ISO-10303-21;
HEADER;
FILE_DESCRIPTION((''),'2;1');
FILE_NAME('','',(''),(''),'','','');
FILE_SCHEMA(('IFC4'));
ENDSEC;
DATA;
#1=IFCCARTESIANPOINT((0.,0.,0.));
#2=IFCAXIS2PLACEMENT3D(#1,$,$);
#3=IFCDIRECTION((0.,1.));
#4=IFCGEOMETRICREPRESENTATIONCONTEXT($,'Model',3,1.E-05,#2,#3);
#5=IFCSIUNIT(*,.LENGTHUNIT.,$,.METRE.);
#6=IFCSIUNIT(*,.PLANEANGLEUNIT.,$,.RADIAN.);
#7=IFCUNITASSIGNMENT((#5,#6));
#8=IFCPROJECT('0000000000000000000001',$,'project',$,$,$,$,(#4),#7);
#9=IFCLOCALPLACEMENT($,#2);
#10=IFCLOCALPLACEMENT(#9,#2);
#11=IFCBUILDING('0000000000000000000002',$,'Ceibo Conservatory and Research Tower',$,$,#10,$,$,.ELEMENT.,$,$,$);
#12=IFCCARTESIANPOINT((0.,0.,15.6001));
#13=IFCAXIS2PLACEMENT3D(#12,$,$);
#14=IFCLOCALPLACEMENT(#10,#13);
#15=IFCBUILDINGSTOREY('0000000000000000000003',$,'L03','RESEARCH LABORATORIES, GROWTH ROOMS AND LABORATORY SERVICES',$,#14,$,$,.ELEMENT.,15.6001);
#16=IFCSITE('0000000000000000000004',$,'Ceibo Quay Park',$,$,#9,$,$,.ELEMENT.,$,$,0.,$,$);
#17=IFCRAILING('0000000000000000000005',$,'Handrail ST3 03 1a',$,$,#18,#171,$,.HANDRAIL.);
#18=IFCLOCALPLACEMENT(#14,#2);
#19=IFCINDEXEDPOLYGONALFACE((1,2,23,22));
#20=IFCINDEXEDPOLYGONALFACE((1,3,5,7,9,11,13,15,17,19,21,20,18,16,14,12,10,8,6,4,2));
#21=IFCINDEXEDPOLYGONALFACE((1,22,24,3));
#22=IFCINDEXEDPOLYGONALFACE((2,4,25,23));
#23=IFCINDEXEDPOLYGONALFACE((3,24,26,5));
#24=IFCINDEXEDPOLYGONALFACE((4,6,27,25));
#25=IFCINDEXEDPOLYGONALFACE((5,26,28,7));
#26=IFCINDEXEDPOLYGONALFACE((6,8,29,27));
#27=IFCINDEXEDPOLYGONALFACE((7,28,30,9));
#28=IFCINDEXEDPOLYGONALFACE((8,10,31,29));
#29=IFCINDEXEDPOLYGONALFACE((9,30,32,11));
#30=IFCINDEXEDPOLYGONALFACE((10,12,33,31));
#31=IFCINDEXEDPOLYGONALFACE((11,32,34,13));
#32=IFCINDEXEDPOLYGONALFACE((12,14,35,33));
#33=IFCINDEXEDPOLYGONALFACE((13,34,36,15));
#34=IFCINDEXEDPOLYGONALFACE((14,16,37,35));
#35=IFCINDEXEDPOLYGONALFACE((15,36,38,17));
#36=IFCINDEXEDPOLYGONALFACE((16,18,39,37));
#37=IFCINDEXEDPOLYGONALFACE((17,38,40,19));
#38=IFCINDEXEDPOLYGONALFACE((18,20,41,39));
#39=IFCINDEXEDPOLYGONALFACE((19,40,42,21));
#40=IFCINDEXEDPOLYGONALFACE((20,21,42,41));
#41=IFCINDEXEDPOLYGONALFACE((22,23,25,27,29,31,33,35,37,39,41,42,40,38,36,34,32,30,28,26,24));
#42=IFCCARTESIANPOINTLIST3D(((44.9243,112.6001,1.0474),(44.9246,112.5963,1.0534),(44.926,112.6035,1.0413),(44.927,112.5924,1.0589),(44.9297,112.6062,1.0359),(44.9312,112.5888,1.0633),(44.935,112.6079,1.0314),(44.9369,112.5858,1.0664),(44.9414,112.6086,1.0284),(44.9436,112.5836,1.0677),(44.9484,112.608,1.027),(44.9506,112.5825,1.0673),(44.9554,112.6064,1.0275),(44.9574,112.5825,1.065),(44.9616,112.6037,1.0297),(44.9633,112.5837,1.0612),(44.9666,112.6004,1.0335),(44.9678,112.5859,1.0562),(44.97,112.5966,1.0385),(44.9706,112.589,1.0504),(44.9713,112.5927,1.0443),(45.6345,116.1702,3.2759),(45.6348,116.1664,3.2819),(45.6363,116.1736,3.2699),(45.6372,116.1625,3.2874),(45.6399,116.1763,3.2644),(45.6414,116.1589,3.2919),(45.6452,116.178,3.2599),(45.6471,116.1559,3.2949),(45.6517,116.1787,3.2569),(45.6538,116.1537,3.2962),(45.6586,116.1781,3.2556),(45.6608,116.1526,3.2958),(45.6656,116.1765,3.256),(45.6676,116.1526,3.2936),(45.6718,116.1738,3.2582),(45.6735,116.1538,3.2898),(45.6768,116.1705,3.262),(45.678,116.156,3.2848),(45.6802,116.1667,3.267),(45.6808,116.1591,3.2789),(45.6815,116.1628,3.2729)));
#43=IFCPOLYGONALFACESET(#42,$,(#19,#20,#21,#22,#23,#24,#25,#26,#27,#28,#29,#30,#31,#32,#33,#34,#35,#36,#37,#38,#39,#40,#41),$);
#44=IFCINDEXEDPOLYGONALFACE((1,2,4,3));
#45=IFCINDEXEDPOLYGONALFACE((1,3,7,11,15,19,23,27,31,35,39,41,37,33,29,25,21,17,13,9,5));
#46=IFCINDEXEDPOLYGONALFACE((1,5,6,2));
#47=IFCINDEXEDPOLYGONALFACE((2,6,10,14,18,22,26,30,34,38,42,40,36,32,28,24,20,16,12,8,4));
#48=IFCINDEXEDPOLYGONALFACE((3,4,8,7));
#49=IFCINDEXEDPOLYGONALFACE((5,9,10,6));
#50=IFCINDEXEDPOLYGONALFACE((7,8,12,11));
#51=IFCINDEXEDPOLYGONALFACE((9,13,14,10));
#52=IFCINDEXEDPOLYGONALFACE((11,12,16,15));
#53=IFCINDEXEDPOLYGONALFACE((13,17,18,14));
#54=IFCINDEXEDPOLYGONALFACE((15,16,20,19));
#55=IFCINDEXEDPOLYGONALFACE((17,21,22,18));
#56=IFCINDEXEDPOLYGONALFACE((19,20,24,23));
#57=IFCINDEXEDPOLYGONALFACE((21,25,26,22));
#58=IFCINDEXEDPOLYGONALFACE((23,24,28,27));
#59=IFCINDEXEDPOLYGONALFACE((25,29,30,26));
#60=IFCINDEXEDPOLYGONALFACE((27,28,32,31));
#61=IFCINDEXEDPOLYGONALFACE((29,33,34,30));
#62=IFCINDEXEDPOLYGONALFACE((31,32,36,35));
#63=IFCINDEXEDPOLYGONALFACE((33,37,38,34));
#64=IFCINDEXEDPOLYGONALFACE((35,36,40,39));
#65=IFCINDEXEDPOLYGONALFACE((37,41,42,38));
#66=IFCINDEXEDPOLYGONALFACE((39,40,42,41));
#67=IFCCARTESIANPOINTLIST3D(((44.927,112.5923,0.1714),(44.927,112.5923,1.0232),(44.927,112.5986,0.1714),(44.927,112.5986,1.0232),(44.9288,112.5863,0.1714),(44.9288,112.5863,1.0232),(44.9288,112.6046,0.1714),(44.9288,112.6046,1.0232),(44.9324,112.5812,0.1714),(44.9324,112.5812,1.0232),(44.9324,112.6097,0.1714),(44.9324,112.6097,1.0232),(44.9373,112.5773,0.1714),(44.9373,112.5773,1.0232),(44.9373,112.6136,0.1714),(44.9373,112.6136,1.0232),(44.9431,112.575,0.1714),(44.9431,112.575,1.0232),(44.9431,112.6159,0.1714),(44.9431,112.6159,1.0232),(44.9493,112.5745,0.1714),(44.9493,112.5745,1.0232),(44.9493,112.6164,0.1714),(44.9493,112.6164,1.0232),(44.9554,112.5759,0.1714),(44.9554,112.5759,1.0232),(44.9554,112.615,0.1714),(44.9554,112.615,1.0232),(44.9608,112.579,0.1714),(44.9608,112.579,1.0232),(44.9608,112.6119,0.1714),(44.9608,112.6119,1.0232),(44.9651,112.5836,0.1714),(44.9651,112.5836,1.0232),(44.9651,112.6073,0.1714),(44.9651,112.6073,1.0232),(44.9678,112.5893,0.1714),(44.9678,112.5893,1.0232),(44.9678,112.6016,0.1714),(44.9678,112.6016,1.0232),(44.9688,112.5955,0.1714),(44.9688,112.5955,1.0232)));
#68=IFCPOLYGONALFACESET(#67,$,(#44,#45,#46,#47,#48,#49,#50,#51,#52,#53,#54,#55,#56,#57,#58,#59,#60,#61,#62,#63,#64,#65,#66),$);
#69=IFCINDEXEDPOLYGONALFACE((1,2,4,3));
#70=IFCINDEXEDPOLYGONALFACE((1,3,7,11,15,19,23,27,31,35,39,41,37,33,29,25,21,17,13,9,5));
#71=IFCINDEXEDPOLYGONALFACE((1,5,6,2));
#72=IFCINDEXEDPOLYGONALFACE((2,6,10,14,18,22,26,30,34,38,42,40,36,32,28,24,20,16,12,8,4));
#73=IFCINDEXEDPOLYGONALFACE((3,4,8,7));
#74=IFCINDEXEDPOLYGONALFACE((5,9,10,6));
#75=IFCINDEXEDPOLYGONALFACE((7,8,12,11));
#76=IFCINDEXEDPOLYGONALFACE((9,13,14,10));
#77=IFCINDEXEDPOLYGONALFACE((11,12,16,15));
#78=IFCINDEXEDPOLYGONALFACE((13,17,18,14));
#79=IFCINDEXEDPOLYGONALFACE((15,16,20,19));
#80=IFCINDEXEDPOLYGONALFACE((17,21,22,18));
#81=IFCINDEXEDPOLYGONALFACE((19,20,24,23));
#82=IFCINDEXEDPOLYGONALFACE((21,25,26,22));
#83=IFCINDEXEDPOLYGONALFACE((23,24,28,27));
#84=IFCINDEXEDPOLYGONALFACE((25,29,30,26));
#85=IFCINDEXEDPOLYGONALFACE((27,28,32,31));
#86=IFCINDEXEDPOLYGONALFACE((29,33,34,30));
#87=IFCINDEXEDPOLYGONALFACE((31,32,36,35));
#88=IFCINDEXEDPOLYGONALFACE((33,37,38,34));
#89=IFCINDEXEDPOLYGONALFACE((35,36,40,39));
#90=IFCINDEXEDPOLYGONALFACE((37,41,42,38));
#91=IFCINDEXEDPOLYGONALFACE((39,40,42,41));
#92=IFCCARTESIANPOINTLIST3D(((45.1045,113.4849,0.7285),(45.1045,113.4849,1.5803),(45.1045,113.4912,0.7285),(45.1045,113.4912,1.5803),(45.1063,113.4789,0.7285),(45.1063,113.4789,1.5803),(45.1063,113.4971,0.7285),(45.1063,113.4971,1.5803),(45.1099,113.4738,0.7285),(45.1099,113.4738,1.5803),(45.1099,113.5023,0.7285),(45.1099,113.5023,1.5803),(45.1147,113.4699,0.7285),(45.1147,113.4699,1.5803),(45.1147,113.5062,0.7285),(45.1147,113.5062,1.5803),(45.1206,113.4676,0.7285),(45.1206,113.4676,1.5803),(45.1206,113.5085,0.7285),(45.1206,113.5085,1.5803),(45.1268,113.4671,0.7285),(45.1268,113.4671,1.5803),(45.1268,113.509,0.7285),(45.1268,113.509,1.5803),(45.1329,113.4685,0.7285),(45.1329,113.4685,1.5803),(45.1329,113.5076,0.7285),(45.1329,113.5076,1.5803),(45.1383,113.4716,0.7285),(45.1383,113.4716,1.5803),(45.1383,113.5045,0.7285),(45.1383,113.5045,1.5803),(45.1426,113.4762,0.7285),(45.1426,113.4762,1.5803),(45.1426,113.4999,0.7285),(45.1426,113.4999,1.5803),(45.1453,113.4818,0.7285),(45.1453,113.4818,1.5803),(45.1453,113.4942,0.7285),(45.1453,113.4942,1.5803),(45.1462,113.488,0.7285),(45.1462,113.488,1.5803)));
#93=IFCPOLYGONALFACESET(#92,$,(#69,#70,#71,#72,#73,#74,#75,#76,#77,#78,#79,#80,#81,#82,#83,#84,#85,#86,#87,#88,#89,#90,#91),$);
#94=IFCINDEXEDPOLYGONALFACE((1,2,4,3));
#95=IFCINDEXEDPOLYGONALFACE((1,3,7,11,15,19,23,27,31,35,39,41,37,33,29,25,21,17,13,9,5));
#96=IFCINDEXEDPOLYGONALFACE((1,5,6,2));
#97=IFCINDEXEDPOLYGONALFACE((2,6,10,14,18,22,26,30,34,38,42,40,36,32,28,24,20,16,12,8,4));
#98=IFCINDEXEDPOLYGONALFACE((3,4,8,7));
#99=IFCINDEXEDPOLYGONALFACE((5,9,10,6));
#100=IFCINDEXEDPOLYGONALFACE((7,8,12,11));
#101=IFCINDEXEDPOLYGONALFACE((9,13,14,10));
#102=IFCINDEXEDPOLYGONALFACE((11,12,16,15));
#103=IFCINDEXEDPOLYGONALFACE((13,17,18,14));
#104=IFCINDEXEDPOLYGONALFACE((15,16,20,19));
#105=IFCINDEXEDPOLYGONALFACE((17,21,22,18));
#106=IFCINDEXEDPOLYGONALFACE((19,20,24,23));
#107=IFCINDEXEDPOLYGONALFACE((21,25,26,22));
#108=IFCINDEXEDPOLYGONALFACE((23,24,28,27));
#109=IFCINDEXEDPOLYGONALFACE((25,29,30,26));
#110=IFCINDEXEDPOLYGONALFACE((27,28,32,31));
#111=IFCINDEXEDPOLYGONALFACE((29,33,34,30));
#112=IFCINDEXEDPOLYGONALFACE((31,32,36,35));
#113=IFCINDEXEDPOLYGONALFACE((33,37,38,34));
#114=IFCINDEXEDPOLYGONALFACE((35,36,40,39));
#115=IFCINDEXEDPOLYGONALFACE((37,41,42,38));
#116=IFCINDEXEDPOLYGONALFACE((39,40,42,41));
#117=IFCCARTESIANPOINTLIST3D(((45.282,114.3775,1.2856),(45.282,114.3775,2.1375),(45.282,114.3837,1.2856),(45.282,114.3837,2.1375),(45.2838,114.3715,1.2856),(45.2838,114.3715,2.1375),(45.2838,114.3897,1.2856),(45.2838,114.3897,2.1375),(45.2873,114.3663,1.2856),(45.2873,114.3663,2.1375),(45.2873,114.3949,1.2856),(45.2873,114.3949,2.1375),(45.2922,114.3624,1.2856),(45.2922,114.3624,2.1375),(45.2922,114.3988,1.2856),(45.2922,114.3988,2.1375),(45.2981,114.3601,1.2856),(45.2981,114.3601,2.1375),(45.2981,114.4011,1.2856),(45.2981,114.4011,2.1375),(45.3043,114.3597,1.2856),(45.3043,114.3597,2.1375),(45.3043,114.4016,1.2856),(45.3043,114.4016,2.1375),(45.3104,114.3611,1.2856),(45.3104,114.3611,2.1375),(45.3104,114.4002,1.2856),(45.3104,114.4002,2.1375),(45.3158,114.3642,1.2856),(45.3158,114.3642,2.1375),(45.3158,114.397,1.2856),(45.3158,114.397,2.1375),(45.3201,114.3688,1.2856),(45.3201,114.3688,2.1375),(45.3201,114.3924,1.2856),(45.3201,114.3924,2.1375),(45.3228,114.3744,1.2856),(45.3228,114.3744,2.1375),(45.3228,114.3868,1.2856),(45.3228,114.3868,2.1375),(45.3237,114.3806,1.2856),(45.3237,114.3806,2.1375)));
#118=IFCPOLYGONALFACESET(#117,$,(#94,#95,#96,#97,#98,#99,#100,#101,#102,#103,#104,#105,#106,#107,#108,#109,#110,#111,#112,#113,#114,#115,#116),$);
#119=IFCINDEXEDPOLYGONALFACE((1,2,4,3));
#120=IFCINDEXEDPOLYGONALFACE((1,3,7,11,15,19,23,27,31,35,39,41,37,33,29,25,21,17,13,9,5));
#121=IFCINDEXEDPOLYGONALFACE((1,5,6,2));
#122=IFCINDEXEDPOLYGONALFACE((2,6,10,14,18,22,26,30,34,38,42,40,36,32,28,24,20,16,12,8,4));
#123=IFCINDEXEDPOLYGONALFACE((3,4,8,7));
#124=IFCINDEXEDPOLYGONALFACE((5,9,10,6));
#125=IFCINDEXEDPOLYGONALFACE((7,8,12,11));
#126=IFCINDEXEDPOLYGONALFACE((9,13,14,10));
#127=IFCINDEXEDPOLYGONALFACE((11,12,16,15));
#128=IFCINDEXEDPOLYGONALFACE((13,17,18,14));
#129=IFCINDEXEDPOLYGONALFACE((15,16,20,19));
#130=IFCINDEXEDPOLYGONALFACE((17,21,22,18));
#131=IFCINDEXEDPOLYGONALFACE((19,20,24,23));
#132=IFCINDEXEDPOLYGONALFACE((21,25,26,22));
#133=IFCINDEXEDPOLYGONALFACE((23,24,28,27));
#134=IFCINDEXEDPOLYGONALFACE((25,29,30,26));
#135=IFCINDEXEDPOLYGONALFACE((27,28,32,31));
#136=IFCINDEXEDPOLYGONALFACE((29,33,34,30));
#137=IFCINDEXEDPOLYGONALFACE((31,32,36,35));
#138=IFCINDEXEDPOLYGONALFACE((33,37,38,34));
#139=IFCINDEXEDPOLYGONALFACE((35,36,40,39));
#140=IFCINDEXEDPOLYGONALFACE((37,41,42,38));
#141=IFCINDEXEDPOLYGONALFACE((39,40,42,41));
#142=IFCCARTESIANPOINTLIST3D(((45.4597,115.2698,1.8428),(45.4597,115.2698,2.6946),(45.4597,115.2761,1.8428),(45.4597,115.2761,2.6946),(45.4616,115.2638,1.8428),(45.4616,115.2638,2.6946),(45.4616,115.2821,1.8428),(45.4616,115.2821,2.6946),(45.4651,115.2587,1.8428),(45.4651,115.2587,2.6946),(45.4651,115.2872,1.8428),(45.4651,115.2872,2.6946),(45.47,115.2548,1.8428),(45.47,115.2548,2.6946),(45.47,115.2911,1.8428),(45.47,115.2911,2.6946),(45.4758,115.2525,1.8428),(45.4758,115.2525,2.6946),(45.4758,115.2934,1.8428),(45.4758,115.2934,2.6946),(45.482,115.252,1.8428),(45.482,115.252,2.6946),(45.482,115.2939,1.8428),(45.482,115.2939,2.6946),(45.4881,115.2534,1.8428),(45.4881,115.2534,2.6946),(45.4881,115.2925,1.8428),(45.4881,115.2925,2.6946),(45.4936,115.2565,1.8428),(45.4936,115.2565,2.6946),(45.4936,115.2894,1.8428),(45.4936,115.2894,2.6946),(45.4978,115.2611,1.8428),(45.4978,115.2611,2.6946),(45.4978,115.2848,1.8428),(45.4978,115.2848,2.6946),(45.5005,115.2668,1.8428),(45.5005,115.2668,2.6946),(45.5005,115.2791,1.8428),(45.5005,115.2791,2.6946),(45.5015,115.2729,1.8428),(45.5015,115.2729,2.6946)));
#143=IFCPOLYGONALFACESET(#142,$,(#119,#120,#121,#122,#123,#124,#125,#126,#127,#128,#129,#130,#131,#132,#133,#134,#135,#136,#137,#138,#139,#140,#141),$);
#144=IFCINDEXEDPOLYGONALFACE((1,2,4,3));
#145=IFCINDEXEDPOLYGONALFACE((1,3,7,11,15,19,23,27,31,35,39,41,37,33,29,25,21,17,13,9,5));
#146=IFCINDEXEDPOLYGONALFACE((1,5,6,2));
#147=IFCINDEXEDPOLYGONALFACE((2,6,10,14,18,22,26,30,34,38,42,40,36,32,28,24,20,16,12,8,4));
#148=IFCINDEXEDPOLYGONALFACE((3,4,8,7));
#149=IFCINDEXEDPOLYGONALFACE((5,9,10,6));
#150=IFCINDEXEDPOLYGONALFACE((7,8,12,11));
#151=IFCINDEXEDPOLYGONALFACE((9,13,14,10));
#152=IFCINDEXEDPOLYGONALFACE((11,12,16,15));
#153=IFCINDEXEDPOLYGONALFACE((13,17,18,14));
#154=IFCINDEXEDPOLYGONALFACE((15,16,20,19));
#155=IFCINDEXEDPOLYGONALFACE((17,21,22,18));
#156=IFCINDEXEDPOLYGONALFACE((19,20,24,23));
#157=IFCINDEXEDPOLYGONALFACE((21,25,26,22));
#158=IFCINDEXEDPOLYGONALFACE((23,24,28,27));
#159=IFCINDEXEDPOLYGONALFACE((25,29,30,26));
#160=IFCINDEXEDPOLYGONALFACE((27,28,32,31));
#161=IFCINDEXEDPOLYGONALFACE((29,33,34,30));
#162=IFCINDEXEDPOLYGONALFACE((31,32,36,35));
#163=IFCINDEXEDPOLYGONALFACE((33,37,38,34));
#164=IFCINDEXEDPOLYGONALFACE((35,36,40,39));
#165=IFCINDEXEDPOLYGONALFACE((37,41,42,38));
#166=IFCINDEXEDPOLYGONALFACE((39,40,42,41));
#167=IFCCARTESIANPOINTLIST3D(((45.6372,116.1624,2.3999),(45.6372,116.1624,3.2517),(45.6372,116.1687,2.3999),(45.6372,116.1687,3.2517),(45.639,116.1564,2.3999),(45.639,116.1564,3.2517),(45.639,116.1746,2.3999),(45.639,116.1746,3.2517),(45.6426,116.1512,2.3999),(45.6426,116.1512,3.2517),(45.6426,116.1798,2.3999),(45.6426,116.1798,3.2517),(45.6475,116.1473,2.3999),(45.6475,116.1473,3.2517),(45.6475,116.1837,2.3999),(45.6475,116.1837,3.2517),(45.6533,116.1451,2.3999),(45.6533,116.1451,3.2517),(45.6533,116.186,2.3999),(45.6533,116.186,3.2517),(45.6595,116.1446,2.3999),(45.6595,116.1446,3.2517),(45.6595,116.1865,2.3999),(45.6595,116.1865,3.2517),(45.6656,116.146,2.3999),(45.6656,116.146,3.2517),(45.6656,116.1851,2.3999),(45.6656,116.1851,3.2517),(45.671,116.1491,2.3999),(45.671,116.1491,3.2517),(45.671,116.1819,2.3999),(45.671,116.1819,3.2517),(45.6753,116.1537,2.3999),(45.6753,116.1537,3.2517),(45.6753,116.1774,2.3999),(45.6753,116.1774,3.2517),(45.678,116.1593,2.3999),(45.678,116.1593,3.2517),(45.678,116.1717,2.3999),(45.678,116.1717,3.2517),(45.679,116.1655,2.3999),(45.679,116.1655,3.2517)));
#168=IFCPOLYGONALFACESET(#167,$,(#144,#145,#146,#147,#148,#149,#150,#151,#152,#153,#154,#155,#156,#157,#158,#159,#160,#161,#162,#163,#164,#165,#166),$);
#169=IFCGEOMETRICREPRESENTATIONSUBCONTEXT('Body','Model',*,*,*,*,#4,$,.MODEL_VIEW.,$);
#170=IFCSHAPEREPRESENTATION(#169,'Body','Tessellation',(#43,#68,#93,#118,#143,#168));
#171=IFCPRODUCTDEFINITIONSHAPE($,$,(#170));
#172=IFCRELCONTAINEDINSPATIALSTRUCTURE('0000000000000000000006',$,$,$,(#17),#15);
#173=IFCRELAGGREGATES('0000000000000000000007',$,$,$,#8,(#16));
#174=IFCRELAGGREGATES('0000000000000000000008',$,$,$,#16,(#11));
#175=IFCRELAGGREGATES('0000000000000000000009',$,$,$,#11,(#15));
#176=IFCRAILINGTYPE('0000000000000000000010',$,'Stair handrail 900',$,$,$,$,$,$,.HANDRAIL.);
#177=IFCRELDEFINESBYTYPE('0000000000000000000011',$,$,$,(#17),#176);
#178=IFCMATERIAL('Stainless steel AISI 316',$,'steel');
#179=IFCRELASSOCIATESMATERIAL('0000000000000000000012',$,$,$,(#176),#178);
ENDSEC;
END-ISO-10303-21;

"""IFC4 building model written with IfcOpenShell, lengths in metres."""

from ifc_helpers import new_model, si_unit, direction, frame, origin, origin_2d, place, context, subcontext, project, spatial, circle, extrude, material, type_object, element, save


model = new_model("IFC4")

# Units and contexts
model_context = context("Model", 3, precision=1e-05, world=origin(), true_north=direction((0.0, 1.0)))
body_context = subcontext(model_context, "Body", "Model", "MODEL_VIEW")
ifc_project = project(units=[si_unit("LENGTHUNIT", "METRE"), si_unit("PLANEANGLEUNIT", "RADIAN")], contexts=[model_context])

# Site, building, storey
site_placement = place(None, origin())
site = spatial("IfcSite", under=ifc_project, at=site_placement, Name="Ceibo Quay Park", CompositionType="ELEMENT", RefElevation=0.0)
building_placement = place(site_placement, origin())
building = spatial("IfcBuilding", under=site, at=building_placement, Name="Ceibo Conservatory and Research Tower", CompositionType="ELEMENT")
storey_placement = place(building_placement, frame((0.0, 0.0, 15.6001)))
storey = spatial("IfcBuildingStorey", under=building, at=storey_placement, Name="L03", Description="RESEARCH LABORATORIES, GROWTH ROOMS AND LABORATORY SERVICES", CompositionType="ELEMENT", Elevation=15.6001)

# Railing
ifc_material_1 = material(Name="Stainless steel AISI 316", Category="steel")
railing_type = type_object("IfcRailingType", Name="Stair handrail 900", PredefinedType="HANDRAIL", material=ifc_material_1)
railing_1_placement = place(storey_placement, frame((44.9478, 112.5955, 0.1714)))
element("IfcRailing", 1, at=railing_1_placement, inside=storey, type_object=railing_type, Name="Handrail ST3 03 1a", PredefinedType="HANDRAIL", context=body_context, shape_type="SweptSolid", body=[
    extrude(circle(Radius=0.0239, at=origin_2d()), frame((0.0, 0.0, 0.876), z_axis=(0.166401, 0.836468, 0.522142), x_axis=(-0.980781, 0.19511, 0.0)), (0.0, 0.0, 1.0), 4.2681),
    extrude(circle(Radius=0.021, at=origin_2d()), origin(), (0.0, 0.0, 1.0), 0.8518),
    extrude(circle(Radius=0.021, at=origin_2d()), frame((0.1775, 0.8926, 0.5571)), (0.0, 0.0, 1.0), 0.8518),
    extrude(circle(Radius=0.021, at=origin_2d()), frame((0.355, 1.7852, 1.1143)), (0.0, 0.0, 1.0), 0.8518),
    extrude(circle(Radius=0.021, at=origin_2d()), frame((0.5327, 2.6775, 1.6714)), (0.0, 0.0, 1.0), 0.8518),
    extrude(circle(Radius=0.021, at=origin_2d()), frame((0.7102, 3.5701, 2.2285)), (0.0, 0.0, 1.0), 0.8518),
])

save(model, "model.ifc")
